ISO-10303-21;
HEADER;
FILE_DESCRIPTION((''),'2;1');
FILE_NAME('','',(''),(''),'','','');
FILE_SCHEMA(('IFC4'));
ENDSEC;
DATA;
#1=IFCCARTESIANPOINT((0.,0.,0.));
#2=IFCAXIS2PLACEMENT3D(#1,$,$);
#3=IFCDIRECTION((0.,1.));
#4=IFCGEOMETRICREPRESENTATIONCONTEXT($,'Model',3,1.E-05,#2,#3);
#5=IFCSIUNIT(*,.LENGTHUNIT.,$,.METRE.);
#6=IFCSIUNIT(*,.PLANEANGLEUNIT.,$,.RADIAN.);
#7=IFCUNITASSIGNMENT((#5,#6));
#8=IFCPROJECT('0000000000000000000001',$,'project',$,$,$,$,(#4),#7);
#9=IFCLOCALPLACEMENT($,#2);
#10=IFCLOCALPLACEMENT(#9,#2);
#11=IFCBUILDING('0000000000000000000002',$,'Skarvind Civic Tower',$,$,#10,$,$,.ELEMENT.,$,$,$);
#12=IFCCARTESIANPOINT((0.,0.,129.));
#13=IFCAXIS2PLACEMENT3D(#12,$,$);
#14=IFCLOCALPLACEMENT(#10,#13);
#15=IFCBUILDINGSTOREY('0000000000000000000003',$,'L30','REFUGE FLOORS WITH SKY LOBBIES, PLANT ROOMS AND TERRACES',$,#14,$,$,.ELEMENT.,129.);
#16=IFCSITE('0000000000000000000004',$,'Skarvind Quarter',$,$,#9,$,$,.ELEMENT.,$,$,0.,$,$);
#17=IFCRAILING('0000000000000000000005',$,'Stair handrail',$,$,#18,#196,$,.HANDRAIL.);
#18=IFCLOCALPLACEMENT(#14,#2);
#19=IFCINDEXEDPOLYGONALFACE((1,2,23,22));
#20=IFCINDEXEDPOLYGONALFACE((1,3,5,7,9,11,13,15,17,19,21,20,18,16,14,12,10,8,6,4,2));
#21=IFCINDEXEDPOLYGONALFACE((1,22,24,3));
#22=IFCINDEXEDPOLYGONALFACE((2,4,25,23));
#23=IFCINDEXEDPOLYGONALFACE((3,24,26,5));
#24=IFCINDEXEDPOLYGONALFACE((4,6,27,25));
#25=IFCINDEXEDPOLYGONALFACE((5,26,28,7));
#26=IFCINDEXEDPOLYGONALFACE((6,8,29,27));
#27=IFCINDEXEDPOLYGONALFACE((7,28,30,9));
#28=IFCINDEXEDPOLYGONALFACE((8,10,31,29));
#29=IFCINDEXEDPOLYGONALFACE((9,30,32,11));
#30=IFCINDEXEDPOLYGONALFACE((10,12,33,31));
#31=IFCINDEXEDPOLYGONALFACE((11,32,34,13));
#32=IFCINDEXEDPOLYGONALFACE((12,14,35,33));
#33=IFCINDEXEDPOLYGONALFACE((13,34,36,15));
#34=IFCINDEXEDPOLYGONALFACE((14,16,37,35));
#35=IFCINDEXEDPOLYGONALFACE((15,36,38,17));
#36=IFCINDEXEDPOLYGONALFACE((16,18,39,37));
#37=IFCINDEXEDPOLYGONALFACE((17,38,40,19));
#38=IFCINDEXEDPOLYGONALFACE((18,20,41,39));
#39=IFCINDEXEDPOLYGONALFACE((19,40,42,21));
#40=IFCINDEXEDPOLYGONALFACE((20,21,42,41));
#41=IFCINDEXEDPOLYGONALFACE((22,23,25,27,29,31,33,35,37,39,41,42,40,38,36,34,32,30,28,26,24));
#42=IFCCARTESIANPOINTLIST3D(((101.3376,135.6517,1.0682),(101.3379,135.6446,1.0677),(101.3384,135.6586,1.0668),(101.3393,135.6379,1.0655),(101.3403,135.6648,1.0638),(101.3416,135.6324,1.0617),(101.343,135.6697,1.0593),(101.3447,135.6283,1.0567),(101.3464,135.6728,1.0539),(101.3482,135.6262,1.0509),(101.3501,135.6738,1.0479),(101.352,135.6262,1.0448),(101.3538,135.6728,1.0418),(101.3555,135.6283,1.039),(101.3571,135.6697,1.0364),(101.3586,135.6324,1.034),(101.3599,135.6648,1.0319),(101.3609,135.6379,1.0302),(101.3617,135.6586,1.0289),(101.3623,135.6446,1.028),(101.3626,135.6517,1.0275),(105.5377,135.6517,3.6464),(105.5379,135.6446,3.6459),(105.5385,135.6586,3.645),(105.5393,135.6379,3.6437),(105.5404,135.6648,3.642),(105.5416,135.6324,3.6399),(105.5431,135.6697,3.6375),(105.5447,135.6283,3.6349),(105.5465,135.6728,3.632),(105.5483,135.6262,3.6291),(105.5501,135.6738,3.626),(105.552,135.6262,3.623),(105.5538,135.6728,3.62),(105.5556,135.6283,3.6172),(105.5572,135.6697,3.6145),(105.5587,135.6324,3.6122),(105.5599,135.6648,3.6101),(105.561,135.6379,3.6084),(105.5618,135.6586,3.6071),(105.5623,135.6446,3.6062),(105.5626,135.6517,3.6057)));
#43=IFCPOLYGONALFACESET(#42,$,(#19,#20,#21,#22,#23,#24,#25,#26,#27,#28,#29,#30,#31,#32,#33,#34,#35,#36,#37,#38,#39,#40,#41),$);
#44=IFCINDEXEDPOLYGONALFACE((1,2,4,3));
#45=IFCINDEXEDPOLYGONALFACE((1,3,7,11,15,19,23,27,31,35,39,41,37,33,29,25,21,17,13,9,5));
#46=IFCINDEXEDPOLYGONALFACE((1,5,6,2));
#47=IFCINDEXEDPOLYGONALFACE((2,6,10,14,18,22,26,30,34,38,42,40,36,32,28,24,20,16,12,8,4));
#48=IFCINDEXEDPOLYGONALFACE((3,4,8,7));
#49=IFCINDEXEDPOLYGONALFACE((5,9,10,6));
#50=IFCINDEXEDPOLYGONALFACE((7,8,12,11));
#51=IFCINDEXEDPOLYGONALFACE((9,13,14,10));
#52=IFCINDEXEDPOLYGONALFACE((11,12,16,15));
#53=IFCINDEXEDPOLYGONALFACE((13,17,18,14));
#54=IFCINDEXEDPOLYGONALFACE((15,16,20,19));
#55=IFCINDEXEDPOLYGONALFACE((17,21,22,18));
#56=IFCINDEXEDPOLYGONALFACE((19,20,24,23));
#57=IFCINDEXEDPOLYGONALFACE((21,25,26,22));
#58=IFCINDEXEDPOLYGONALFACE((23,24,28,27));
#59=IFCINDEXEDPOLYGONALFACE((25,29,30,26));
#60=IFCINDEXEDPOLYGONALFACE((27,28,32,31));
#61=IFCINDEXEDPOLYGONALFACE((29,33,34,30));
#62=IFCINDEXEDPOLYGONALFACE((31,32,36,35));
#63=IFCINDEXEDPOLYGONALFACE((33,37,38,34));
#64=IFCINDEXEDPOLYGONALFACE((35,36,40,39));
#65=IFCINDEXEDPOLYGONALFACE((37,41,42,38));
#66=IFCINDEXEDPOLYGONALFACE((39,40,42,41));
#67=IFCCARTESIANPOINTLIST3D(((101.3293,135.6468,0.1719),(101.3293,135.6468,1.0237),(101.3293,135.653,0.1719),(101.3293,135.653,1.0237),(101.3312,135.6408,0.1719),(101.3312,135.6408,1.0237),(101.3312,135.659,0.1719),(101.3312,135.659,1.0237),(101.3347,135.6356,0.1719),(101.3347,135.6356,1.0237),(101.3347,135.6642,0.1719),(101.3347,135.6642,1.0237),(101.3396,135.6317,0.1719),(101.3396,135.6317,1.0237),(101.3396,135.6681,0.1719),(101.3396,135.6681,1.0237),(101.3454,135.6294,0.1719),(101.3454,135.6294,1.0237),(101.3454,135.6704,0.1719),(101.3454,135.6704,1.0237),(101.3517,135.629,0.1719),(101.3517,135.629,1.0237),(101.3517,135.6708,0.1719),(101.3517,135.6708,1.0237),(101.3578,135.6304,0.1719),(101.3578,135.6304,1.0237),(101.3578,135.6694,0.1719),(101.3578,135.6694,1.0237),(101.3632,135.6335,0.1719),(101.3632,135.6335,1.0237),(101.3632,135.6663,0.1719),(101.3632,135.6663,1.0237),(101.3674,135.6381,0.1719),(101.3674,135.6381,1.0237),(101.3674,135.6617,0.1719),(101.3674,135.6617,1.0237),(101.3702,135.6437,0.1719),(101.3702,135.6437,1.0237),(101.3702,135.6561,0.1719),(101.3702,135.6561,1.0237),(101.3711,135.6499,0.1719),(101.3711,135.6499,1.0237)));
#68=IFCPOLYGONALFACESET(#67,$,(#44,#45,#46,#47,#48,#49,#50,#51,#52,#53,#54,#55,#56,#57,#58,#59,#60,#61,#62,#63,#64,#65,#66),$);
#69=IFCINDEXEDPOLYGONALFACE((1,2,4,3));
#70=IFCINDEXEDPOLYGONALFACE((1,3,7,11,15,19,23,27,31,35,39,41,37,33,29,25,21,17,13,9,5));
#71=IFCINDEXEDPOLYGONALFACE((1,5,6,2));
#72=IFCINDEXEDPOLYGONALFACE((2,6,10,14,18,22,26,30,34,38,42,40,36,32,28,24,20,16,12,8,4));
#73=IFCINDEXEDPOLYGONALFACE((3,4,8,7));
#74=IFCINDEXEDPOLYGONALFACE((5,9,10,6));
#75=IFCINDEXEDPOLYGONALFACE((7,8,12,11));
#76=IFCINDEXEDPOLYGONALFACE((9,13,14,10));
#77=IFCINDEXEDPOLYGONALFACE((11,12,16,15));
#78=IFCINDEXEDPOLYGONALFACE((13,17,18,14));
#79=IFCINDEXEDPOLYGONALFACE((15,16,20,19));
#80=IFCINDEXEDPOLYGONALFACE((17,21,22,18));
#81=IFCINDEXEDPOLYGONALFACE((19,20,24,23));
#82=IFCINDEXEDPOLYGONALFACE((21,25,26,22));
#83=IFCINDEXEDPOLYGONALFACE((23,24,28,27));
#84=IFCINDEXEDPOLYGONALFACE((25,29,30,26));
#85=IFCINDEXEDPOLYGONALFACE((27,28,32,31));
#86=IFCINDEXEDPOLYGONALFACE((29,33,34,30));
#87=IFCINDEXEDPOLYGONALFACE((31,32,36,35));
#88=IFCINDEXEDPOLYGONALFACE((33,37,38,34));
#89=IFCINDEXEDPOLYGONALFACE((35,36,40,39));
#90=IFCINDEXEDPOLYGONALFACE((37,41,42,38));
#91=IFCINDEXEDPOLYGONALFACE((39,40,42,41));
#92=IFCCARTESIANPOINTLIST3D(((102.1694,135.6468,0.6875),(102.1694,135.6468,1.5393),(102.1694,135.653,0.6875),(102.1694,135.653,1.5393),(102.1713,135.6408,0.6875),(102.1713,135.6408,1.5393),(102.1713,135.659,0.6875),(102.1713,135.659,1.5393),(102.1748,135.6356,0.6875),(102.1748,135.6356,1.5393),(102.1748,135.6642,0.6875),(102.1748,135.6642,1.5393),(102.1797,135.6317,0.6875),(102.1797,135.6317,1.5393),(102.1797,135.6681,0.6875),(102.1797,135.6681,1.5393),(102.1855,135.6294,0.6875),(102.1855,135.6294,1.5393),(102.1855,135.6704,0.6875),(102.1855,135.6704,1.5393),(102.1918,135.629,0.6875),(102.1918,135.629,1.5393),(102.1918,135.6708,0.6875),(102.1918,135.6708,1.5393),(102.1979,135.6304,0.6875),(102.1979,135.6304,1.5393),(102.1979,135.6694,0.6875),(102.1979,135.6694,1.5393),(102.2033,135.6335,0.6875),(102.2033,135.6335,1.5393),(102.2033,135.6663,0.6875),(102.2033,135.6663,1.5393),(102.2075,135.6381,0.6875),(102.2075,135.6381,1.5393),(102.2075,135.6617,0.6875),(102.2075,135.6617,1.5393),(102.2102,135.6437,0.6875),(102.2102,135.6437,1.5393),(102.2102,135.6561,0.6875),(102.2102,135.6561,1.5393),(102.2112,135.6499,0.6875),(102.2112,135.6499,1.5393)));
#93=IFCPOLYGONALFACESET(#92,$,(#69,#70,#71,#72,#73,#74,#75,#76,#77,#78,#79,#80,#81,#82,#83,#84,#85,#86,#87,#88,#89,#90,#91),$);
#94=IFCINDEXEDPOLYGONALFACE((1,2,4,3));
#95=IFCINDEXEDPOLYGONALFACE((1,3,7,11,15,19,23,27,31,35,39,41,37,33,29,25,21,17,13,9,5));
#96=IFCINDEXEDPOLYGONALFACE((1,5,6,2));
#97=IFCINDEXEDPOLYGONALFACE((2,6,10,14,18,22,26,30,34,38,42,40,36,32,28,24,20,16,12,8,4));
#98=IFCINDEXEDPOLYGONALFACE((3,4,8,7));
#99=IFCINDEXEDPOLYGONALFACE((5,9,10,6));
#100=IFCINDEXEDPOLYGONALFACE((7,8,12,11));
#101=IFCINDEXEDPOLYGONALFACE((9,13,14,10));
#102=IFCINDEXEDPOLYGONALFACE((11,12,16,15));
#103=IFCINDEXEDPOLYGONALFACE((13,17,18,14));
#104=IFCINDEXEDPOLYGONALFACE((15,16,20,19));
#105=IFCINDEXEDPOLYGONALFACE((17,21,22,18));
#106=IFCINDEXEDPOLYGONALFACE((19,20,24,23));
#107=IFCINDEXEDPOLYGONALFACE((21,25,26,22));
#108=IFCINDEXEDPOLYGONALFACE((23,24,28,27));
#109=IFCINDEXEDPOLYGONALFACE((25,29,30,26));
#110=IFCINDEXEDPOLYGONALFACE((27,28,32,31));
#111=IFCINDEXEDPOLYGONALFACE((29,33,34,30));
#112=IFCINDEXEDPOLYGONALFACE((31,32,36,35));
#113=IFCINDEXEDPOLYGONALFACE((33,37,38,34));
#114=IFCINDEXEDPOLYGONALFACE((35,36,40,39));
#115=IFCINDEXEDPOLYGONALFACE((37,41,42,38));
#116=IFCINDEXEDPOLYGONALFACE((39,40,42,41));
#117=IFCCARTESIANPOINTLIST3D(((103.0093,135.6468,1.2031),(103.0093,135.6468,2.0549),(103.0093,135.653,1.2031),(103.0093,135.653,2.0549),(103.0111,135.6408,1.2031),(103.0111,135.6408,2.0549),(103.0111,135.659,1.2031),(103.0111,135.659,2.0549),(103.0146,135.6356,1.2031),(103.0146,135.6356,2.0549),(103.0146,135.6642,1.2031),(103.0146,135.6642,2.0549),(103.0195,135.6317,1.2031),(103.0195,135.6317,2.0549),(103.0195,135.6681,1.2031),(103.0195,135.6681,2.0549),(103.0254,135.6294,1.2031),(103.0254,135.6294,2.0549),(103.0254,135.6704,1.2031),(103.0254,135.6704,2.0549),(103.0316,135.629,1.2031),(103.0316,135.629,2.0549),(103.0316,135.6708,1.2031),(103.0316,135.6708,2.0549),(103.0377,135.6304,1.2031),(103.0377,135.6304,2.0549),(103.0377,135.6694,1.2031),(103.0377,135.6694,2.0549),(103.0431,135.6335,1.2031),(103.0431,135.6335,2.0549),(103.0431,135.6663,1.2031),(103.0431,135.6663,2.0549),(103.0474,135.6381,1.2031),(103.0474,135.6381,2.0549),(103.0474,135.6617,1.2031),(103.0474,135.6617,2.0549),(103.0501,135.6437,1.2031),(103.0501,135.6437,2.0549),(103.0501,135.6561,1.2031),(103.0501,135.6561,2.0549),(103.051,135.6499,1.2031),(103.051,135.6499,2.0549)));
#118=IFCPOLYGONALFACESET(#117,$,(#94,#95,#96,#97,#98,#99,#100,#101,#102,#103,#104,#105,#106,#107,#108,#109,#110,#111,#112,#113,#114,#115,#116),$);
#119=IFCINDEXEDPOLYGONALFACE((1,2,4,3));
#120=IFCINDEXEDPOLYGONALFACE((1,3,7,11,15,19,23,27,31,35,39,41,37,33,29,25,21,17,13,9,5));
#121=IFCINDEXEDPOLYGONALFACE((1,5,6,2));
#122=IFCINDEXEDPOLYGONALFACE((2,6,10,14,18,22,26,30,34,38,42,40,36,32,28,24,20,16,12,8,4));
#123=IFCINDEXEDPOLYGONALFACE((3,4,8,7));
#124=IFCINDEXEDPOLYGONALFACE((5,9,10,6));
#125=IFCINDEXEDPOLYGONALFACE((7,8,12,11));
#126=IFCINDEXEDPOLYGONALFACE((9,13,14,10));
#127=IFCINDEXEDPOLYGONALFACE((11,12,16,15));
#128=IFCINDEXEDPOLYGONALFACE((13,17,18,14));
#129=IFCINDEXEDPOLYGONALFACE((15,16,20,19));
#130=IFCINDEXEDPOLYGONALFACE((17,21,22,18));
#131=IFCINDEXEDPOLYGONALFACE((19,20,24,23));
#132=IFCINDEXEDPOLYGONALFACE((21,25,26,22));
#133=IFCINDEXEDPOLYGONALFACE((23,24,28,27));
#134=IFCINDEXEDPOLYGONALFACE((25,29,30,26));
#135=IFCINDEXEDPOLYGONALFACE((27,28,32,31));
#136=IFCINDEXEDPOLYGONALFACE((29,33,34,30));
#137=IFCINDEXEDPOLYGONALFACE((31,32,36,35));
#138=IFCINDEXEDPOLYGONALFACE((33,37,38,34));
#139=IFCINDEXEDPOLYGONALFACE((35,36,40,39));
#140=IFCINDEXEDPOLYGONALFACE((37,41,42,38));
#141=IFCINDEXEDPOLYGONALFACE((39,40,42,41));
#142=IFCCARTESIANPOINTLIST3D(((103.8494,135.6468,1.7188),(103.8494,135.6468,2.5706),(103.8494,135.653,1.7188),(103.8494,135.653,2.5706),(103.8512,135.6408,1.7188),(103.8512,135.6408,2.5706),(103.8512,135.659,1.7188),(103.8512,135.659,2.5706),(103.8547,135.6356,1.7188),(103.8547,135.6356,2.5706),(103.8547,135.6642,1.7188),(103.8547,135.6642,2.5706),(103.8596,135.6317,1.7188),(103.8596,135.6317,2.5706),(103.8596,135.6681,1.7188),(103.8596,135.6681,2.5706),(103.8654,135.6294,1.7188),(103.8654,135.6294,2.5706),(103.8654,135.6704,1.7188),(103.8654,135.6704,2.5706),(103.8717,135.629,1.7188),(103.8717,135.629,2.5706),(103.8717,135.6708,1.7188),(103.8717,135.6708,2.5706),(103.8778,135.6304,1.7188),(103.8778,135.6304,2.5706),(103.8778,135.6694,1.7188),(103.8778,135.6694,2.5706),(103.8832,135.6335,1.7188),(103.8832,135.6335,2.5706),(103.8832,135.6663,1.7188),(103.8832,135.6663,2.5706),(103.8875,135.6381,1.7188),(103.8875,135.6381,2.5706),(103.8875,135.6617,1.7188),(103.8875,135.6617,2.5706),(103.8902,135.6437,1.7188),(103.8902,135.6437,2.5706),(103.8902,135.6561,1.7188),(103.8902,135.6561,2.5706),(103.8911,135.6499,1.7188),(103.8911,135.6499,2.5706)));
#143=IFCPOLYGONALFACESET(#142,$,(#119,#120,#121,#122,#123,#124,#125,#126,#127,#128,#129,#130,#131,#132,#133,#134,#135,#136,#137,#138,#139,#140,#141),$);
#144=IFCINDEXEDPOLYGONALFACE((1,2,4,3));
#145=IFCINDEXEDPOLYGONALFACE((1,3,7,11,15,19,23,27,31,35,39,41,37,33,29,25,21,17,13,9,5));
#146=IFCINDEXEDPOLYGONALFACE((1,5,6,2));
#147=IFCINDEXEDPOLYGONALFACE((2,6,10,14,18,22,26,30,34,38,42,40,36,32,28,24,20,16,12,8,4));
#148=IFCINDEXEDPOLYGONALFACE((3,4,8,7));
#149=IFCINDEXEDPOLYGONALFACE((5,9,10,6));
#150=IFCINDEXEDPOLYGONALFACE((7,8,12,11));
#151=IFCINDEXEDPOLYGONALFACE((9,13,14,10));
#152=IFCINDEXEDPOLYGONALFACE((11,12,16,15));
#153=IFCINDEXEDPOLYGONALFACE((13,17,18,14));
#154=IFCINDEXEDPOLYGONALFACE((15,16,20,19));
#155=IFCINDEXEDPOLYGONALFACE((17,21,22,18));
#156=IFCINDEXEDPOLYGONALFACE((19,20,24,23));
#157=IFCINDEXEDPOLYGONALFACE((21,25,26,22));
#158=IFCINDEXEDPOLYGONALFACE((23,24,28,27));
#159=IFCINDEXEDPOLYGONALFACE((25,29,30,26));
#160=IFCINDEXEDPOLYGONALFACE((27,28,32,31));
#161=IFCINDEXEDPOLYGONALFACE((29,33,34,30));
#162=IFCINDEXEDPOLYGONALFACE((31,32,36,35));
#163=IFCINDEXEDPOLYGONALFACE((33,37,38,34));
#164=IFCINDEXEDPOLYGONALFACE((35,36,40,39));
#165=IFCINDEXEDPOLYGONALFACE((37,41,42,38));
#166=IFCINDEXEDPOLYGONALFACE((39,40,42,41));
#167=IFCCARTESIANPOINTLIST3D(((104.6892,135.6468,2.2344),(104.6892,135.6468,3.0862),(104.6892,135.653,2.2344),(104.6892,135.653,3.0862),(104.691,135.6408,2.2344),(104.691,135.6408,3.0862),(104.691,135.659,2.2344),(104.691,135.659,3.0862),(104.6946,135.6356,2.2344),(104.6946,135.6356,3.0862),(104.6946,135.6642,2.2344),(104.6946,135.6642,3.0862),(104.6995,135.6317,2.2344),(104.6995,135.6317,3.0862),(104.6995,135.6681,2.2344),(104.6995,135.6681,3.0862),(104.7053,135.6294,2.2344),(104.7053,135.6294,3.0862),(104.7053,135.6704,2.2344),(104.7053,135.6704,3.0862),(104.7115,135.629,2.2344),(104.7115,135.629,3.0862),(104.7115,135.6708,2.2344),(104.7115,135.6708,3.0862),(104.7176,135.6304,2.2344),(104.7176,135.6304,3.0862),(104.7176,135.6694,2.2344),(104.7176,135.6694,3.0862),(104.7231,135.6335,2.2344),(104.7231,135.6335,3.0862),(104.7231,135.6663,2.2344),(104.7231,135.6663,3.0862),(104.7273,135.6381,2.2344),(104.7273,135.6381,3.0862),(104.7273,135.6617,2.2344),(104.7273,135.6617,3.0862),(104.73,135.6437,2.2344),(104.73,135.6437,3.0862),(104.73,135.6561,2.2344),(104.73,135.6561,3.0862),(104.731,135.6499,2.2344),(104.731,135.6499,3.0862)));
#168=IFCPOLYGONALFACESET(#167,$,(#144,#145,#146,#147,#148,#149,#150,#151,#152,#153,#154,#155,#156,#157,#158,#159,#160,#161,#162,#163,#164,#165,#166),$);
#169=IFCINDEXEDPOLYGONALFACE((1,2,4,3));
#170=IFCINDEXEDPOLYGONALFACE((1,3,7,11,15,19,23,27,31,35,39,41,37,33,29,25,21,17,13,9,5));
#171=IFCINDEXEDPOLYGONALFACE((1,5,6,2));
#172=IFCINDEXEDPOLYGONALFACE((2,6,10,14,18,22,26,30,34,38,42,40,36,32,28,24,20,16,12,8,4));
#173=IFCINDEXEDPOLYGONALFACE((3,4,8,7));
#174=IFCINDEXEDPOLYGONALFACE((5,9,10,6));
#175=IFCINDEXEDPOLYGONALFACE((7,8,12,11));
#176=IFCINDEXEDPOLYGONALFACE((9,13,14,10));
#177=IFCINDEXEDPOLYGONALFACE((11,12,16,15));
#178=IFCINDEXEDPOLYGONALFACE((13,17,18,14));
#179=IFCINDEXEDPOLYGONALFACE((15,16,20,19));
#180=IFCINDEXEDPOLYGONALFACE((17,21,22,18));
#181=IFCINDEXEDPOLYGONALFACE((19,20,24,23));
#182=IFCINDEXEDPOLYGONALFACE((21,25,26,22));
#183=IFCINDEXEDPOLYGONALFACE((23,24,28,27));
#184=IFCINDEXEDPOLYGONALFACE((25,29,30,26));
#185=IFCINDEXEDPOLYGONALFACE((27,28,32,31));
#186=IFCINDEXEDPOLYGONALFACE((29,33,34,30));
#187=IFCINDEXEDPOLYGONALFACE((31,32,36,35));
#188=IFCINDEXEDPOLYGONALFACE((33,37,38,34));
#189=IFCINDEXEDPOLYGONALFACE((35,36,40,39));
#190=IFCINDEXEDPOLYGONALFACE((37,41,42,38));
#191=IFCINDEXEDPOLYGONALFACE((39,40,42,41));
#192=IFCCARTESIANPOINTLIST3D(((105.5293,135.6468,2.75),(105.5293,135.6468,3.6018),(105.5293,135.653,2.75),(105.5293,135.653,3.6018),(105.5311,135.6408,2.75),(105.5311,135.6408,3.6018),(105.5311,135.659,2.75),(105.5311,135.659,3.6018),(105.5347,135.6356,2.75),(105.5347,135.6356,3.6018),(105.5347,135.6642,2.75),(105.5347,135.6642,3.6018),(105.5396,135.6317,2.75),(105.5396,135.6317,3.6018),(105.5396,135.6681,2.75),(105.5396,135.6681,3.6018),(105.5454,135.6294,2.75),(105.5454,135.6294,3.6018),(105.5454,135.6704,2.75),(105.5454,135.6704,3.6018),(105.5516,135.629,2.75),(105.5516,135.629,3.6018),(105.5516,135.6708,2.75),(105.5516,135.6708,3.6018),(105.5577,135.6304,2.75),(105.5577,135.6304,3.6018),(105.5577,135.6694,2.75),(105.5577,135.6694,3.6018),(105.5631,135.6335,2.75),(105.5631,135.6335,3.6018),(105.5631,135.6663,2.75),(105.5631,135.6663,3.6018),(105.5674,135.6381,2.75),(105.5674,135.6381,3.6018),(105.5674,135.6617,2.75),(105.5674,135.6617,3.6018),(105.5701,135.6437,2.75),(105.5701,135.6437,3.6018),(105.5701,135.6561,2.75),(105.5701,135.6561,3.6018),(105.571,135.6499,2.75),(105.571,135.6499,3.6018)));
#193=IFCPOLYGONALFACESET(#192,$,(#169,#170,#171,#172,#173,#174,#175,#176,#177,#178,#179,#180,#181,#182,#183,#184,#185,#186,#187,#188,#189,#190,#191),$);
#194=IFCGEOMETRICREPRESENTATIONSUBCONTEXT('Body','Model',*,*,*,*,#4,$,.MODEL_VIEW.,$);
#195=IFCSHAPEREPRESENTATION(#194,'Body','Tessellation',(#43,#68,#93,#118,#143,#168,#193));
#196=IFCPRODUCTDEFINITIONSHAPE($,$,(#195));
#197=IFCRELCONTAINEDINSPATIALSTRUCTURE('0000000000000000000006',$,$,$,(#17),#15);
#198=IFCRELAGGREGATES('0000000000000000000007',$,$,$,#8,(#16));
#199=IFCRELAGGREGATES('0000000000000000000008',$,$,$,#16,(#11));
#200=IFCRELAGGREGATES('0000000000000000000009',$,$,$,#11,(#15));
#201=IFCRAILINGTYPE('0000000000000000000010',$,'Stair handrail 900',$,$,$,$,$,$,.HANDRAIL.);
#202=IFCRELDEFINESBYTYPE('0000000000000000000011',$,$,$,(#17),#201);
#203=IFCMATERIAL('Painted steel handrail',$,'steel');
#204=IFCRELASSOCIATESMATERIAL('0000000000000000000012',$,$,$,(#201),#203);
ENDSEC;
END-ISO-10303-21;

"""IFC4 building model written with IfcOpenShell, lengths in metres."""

from ifc_helpers import new_model, si_unit, direction, frame, origin, origin_2d, place, context, subcontext, project, spatial, circle, extrude, material, type_object, element, save


model = new_model("IFC4")

# Units and contexts
model_context = context("Model", 3, precision=1e-05, world=origin(), true_north=direction((0.0, 1.0)))
body_context = subcontext(model_context, "Body", "Model", "MODEL_VIEW")
ifc_project = project(units=[si_unit("LENGTHUNIT", "METRE"), si_unit("PLANEANGLEUNIT", "RADIAN")], contexts=[model_context])

# Site, building, storey
site_placement = place(None, origin())
site = spatial("IfcSite", under=ifc_project, at=site_placement, Name="Skarvind Quarter", CompositionType="ELEMENT", RefElevation=0.0)
building_placement = place(site_placement, origin())
building = spatial("IfcBuilding", under=site, at=building_placement, Name="Skarvind Civic Tower", CompositionType="ELEMENT")
storey_placement = place(building_placement, frame((0.0, 0.0, 129.0)))
storey = spatial("IfcBuildingStorey", under=building, at=storey_placement, Name="L30", Description="REFUGE FLOORS WITH SKY LOBBIES, PLANT ROOMS AND TERRACES", CompositionType="ELEMENT", Elevation=129.0)

# Railing
ifc_material_1 = material(Name="Painted steel handrail", Category="steel")
railing_type = type_object("IfcRailingType", Name="Stair handrail 900", PredefinedType="HANDRAIL", material=ifc_material_1)
railing_1_placement = place(storey_placement, frame((101.3501, 135.6499, 0.1719)))
element("IfcRailing", 1, at=railing_1_placement, inside=storey, type_object=railing_type, Name="Stair handrail", PredefinedType="HANDRAIL", context=body_context, shape_type="SweptSolid", body=[
    extrude(circle(Radius=0.0239, at=origin_2d()), frame((0.0, 0.0, 0.876), z_axis=(0.852243, 0.0, 0.523146), x_axis=(0.0, 1.0, 0.0)), (0.0, 0.0, 1.0), 4.9282),
    extrude(circle(Radius=0.021, at=origin_2d()), origin(), (0.0, 0.0, 1.0), 0.8518),
    extrude(circle(Radius=0.021, at=origin_2d()), frame((0.8401, 0.0, 0.5156)), (0.0, 0.0, 1.0), 0.8518),
    extrude(circle(Radius=0.021, at=origin_2d()), frame((1.6799, 0.0, 1.0312)), (0.0, 0.0, 1.0), 0.8518),
    extrude(circle(Radius=0.021, at=origin_2d()), frame((2.52, 0.0, 1.5469)), (0.0, 0.0, 1.0), 0.8518),
    extrude(circle(Radius=0.021, at=origin_2d()), frame((3.3599, 0.0, 2.0625)), (0.0, 0.0, 1.0), 0.8518),
    extrude(circle(Radius=0.021, at=origin_2d()), frame((4.2, 0.0, 2.5781)), (0.0, 0.0, 1.0), 0.8518),
])

save(model, "model.ifc")
